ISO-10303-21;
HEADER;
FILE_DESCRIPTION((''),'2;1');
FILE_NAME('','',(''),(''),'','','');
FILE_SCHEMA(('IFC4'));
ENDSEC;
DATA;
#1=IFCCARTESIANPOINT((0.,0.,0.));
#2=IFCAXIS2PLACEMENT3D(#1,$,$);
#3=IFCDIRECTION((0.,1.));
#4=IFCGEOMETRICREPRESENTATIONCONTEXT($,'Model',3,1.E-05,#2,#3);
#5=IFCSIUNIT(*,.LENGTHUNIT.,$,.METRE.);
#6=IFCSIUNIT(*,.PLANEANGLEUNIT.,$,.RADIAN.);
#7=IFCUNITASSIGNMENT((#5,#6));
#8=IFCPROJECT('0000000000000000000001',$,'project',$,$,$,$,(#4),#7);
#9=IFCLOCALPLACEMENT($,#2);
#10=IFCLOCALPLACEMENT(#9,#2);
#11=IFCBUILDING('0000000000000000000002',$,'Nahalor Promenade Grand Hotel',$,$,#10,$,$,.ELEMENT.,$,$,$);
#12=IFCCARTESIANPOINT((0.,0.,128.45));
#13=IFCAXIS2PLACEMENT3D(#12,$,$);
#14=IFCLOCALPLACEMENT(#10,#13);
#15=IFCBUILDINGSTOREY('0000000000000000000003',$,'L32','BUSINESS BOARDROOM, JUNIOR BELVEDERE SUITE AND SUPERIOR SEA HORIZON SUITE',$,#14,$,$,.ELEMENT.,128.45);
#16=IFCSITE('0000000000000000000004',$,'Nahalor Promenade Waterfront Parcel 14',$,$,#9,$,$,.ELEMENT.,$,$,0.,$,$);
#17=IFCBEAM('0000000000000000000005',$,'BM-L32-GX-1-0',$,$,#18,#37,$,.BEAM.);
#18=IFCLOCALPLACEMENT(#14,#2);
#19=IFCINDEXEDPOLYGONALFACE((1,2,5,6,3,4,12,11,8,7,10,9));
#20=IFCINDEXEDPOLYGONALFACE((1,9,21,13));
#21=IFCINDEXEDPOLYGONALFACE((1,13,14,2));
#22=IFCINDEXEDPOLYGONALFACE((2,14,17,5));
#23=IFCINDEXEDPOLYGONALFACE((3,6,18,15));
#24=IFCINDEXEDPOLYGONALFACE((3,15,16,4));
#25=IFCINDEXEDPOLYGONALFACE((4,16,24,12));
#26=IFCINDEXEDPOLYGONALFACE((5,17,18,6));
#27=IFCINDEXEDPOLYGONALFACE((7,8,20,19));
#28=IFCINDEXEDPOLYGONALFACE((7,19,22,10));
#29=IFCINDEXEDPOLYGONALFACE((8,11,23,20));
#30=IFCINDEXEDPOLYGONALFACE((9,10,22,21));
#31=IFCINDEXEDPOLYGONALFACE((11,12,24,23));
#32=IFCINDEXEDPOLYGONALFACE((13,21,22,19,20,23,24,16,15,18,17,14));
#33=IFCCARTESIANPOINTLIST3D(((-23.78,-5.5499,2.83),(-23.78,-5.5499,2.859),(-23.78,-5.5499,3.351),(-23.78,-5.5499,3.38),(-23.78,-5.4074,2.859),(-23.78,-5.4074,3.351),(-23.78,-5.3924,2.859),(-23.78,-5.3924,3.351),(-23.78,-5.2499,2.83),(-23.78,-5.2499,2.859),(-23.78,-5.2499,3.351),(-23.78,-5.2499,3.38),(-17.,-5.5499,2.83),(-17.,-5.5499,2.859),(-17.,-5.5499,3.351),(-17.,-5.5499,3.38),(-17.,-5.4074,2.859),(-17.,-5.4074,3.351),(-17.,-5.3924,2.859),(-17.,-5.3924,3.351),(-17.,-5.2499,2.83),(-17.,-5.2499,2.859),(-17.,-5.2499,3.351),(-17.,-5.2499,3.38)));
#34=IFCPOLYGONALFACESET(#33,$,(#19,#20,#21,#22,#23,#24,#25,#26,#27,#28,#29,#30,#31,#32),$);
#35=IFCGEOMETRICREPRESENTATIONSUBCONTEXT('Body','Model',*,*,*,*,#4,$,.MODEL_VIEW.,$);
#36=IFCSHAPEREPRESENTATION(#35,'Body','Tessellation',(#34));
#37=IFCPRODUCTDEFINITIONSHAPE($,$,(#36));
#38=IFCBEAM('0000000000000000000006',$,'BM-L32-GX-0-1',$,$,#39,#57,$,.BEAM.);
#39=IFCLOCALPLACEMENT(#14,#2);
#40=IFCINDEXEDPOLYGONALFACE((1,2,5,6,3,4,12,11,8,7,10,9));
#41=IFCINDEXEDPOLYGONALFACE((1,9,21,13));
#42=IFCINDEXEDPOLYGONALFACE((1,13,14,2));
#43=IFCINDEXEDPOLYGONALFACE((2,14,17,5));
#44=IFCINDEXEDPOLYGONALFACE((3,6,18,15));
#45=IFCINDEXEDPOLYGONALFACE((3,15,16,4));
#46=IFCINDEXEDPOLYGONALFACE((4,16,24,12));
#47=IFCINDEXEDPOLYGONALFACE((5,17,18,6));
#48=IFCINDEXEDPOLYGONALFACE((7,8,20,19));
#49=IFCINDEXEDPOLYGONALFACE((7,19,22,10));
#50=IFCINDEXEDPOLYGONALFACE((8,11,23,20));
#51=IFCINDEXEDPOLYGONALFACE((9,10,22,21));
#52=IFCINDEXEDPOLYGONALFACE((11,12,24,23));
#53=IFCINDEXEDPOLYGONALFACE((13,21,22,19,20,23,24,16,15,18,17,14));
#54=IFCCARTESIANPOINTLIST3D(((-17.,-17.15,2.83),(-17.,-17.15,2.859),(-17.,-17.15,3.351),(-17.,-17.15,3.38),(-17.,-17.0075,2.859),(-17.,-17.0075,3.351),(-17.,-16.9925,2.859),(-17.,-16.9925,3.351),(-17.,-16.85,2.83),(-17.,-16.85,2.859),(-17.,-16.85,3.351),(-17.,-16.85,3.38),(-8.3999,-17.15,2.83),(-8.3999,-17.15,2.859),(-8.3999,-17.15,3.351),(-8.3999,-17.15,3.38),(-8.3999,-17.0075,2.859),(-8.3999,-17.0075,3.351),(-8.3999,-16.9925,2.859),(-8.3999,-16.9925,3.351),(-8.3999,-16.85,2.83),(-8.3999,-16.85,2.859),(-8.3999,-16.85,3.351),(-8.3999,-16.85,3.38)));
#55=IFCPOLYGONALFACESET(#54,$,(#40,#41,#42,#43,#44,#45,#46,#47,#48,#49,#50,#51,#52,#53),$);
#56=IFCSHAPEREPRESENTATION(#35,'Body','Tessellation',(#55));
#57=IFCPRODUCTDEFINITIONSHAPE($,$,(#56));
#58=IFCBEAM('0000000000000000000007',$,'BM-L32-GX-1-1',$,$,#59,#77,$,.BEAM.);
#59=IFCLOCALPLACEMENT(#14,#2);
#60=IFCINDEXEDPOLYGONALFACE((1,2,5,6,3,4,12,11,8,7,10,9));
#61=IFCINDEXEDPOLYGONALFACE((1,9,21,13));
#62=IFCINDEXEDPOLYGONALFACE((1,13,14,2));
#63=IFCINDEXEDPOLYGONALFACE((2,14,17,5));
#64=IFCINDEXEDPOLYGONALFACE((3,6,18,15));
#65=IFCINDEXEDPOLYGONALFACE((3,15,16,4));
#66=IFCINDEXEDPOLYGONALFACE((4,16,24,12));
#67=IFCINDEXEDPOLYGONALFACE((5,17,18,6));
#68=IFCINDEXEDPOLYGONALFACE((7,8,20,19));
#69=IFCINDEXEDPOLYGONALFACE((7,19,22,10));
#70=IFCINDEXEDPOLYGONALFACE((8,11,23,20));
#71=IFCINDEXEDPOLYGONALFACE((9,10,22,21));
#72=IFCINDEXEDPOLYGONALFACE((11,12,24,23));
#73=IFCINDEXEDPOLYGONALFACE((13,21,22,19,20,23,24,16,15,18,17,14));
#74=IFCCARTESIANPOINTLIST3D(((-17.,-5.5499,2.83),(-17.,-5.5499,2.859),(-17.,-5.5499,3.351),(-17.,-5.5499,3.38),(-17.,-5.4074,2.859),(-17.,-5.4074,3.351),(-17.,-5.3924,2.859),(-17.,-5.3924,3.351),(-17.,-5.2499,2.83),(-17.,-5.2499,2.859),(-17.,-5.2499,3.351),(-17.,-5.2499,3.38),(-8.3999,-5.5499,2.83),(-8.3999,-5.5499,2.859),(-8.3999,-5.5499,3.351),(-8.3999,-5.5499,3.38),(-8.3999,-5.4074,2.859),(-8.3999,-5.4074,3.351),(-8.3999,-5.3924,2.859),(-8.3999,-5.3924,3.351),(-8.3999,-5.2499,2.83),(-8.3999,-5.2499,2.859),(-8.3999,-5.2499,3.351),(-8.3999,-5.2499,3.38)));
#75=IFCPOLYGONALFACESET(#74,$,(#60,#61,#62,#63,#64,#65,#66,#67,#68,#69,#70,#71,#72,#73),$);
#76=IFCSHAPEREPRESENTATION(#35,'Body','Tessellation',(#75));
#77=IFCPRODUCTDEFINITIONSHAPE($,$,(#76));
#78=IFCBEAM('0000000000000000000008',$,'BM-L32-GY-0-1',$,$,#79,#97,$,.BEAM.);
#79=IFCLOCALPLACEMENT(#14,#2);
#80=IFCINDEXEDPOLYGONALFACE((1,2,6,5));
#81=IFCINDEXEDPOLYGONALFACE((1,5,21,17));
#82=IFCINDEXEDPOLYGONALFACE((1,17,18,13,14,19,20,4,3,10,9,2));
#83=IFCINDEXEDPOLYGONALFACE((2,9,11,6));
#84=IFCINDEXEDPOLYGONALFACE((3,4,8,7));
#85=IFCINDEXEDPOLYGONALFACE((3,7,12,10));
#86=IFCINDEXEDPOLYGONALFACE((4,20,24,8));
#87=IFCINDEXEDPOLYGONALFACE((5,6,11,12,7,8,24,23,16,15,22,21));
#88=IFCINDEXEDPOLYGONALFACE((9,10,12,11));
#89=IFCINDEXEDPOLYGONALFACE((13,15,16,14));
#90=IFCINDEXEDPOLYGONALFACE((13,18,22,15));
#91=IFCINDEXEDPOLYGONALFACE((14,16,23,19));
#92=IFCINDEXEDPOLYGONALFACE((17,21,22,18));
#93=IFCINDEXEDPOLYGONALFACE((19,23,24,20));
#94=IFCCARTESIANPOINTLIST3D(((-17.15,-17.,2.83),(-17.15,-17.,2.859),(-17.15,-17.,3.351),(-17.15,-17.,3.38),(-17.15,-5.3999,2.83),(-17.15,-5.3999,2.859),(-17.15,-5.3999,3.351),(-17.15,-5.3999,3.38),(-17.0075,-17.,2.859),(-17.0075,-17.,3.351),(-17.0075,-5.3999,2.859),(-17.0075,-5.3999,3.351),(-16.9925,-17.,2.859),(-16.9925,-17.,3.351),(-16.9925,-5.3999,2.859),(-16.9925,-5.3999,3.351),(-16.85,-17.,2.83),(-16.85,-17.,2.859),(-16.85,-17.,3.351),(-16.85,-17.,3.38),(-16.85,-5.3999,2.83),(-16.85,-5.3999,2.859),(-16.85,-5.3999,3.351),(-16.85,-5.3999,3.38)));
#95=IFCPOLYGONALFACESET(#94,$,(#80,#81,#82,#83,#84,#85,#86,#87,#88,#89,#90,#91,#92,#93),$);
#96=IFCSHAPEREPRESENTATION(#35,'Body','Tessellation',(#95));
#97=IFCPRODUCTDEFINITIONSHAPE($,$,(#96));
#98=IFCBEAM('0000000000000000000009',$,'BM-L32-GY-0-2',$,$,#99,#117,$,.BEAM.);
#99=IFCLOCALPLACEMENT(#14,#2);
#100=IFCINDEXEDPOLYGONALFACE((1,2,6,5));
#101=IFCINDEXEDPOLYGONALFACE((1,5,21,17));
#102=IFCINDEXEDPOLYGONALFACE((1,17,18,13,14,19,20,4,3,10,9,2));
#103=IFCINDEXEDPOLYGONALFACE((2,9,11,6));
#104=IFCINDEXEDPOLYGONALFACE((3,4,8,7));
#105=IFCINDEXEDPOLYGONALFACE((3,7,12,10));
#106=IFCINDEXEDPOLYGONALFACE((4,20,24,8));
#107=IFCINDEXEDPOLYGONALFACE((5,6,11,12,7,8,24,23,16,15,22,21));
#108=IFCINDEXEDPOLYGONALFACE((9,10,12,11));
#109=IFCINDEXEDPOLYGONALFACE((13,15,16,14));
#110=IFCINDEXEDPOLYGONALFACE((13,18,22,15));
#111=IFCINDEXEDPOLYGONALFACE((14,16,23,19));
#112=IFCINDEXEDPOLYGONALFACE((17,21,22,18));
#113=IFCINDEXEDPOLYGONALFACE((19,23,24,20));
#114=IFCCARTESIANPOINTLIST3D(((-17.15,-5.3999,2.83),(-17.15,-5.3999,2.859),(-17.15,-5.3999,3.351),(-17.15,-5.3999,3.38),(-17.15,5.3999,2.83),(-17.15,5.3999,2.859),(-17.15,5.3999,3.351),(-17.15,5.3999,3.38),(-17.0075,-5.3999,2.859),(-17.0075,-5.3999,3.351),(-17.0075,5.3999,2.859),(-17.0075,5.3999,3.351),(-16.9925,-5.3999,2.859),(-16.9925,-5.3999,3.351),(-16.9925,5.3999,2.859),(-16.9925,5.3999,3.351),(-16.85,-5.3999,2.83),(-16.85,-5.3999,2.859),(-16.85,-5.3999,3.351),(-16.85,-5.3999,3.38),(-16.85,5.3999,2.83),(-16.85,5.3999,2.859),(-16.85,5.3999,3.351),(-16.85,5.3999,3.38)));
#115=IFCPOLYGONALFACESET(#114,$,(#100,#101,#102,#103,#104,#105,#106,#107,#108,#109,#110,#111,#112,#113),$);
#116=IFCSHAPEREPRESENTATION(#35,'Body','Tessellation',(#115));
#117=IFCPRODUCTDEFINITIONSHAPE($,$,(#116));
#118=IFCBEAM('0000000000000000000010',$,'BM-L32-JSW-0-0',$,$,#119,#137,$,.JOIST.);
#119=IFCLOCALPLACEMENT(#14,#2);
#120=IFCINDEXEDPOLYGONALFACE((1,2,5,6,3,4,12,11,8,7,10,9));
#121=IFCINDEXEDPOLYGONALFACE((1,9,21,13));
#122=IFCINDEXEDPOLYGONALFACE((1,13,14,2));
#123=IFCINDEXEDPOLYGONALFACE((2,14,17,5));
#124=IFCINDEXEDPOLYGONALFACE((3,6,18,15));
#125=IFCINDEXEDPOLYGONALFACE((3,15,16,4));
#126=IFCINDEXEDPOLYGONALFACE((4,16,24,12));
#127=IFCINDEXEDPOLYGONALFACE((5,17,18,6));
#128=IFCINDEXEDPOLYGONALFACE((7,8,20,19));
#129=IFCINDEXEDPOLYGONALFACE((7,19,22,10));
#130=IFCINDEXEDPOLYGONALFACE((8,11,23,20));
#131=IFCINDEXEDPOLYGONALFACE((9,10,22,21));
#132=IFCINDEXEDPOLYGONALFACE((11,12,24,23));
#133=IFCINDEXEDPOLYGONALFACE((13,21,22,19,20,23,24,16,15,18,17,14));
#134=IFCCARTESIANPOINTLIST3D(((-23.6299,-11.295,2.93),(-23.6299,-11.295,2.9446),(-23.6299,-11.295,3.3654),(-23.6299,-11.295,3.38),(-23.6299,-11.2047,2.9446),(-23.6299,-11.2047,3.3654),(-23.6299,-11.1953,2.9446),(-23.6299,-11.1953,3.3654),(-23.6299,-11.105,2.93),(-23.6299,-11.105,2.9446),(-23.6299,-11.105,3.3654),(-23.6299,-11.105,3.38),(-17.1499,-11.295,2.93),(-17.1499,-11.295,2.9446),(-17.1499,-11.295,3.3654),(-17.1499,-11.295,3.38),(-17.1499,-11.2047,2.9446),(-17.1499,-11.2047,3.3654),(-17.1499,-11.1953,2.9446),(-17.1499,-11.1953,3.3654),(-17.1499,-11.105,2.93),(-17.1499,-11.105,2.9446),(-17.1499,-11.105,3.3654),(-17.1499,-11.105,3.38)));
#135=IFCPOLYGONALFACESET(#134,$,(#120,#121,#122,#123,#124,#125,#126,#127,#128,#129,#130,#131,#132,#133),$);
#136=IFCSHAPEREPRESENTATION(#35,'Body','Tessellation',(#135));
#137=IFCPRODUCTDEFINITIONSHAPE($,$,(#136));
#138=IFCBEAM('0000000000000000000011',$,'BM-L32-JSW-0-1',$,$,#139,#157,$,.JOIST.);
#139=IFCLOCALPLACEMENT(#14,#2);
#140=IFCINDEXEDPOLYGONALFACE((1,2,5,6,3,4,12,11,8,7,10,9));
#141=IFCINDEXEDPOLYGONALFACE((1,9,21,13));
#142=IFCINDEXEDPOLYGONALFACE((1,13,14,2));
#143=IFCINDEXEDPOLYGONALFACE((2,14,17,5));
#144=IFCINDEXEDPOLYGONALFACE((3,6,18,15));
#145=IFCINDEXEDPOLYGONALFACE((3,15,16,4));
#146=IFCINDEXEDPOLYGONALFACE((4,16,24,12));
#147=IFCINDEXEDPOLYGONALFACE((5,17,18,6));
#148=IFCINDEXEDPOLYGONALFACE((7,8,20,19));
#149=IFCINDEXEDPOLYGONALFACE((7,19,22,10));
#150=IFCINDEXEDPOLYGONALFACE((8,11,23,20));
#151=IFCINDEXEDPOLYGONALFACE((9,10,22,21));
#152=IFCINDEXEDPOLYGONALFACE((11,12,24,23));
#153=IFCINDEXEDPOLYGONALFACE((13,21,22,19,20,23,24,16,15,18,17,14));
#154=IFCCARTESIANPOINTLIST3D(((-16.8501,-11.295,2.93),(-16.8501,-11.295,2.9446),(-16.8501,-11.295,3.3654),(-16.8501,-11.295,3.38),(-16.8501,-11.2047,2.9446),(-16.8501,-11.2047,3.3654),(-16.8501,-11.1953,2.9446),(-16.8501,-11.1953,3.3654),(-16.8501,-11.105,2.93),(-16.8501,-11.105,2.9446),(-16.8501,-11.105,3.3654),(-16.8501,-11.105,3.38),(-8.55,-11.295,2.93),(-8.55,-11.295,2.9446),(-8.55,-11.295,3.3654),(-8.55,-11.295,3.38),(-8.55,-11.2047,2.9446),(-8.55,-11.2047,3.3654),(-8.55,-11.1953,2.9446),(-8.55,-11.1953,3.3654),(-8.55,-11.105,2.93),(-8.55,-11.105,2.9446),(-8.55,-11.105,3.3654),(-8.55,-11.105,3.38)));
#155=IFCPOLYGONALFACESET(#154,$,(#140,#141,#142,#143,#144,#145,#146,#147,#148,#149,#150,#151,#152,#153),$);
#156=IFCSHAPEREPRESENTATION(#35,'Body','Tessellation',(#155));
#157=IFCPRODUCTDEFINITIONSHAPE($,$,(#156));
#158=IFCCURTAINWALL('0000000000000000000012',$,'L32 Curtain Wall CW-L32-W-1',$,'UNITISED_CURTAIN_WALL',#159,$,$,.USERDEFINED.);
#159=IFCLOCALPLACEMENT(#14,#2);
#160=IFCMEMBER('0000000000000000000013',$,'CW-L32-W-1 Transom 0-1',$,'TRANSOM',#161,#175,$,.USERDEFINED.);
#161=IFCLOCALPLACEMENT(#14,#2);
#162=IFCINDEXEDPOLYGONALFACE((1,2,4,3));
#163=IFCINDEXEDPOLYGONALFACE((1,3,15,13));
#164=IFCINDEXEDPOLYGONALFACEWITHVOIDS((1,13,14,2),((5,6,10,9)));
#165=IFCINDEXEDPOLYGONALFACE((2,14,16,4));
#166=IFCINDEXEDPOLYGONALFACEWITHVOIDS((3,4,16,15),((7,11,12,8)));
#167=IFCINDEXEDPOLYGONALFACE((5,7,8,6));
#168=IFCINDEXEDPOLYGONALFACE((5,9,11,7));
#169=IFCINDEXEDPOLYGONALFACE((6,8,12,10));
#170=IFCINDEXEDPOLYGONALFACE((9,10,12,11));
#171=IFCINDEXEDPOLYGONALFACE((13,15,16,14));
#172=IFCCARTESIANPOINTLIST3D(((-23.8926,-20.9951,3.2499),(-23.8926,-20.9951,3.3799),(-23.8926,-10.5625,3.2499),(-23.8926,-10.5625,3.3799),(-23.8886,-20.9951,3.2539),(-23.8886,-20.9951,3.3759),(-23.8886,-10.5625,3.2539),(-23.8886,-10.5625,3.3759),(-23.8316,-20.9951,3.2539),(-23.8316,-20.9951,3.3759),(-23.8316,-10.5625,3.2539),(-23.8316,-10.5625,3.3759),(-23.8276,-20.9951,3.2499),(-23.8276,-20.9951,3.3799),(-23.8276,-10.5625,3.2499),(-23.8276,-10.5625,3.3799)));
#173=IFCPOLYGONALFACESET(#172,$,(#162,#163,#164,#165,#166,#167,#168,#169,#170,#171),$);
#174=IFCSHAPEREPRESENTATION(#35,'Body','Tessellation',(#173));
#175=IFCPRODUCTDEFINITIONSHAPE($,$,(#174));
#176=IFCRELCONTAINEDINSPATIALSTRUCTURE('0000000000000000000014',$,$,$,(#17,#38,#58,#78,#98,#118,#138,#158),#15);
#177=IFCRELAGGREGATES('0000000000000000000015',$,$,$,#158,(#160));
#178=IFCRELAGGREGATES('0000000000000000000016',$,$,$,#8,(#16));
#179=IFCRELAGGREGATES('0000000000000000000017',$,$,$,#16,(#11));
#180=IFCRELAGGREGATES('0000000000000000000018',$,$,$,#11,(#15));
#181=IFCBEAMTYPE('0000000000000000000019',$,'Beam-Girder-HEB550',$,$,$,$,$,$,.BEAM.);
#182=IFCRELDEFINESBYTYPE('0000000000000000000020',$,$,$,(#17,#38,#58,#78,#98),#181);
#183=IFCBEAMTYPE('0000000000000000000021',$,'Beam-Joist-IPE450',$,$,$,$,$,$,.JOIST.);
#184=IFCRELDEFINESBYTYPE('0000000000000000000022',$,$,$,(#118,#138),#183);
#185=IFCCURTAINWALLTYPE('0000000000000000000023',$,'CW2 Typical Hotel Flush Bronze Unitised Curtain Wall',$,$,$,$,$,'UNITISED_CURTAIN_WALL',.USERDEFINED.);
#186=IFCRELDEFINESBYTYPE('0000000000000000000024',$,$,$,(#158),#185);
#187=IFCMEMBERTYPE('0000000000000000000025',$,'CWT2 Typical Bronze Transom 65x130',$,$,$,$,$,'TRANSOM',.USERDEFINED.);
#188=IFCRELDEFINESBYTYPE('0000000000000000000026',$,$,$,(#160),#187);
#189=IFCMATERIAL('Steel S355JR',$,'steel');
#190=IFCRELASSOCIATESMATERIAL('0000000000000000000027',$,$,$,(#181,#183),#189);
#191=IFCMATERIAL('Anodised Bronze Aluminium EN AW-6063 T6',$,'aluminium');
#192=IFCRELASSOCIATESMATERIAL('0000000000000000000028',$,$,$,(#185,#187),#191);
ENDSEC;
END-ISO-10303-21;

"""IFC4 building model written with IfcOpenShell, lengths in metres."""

from ifc_helpers import new_model, si_unit, direction, frame, origin, origin_2d, place, context, subcontext, project, spatial, hollow_rectangle, i_section, extrude, source, transform, mapped, material, material_profile, profile_set, type_object, element, aggregate, save


model = new_model("IFC4")

# Units and contexts
model_context = context("Model", 3, precision=1e-05, world=origin(), true_north=direction((0.0, 1.0)))
body_context = subcontext(model_context, "Body", "Model", "MODEL_VIEW")
ifc_project = project(units=[si_unit("LENGTHUNIT", "METRE"), si_unit("PLANEANGLEUNIT", "RADIAN")], contexts=[model_context])

# Site, building, storey
site_placement = place(None, origin())
site = spatial("IfcSite", under=ifc_project, at=site_placement, Name="Nahalor Promenade Waterfront Parcel 14", CompositionType="ELEMENT", RefElevation=0.0)
building_placement = place(site_placement, origin())
building = spatial("IfcBuilding", under=site, at=building_placement, Name="Nahalor Promenade Grand Hotel", CompositionType="ELEMENT")
storey_placement = place(building_placement, frame((0.0, 0.0, 128.45)))
storey = spatial("IfcBuildingStorey", under=building, at=storey_placement, Name="L32", Description="BUSINESS BOARDROOM, JUNIOR BELVEDERE SUITE AND SUPERIOR SEA HORIZON SUITE", CompositionType="ELEMENT", Elevation=128.45)

# Beams
ifc_material_1 = material(Name="Steel S355JR", Category="steel")
ifc_material_profile_1 = material_profile(ifc_material_1, i_section(OverallWidth=0.3, OverallDepth=0.55, WebThickness=0.015, FlangeThickness=0.029, at=origin_2d()), Name="HEB 550")
ifc_profile_set_1 = profile_set([ifc_material_profile_1], Name="Steel S355JR")
beam_type_1 = type_object("IfcBeamType", Name="Beam-Girder-HEB550", PredefinedType="BEAM", material=ifc_profile_set_1)
shared_shape_1 = source(origin(), body_context, "Body", "SweptSolid", [
    extrude(i_section(OverallWidth=0.3, OverallDepth=0.55, WebThickness=0.015, FlangeThickness=0.029, at=origin_2d()), origin(), (0.0, 0.0, 1.0), 6.78),
])
for number, where, z_axis, x_axis, name in (
    (1, (-23.78, -5.3999, 3.105), (1.0, 0.0, 0.0), (0.0, 1.0, 0.0), "BM-L32-GX-1-0"),
):
    element("IfcBeam", number, at=place(storey_placement, frame(where, z_axis=z_axis, x_axis=x_axis)), inside=storey, type_object=beam_type_1, Name=name, PredefinedType="BEAM", context=body_context, shape_type="MappedRepresentation", body=[
        mapped(shared_shape_1, transform((0.0, 0.0, 0.0), scale=1.0)),
    ])
shared_shape_2 = source(origin(), body_context, "Body", "SweptSolid", [
    extrude(i_section(OverallWidth=0.3, OverallDepth=0.55, WebThickness=0.015, FlangeThickness=0.029, at=origin_2d()), origin(), (0.0, 0.0, 1.0), 8.6001),
])
for number, where, z_axis, x_axis, name in (
    (2, (-17.0, -17.0, 3.105), (1.0, 0.0, 0.0), (0.0, 1.0, 0.0), "BM-L32-GX-0-1"),
    (3, (-17.0, -5.3999, 3.105), (1.0, 0.0, 0.0), (0.0, 1.0, 0.0), "BM-L32-GX-1-1"),
):
    element("IfcBeam", number, at=place(storey_placement, frame(where, z_axis=z_axis, x_axis=x_axis)), inside=storey, type_object=beam_type_1, Name=name, PredefinedType="BEAM", context=body_context, shape_type="MappedRepresentation", body=[
        mapped(shared_shape_2, transform((0.0, 0.0, 0.0), scale=1.0)),
    ])
shared_shape_3 = source(origin(), body_context, "Body", "SweptSolid", [
    extrude(i_section(OverallWidth=0.3, OverallDepth=0.55, WebThickness=0.015, FlangeThickness=0.029, at=origin_2d()), origin(), (0.0, 0.0, 1.0), 11.6001),
])
beam_1_placement = place(storey_placement, frame((-17.0, -17.0, 3.105), z_axis=(0.0, 1.0, 0.0), x_axis=(-1.0, 0.0, 0.0)))
element("IfcBeam", 4, at=beam_1_placement, inside=storey, type_object=beam_type_1, Name="BM-L32-GY-0-1", PredefinedType="BEAM", context=body_context, shape_type="MappedRepresentation", body=[
    mapped(shared_shape_3, transform((0.0, 0.0, 0.0), scale=1.0)),
])
shared_shape_4 = source(origin(), body_context, "Body", "SweptSolid", [
    extrude(i_section(OverallWidth=0.3, OverallDepth=0.55, WebThickness=0.015, FlangeThickness=0.029, at=origin_2d()), origin(), (0.0, 0.0, 1.0), 10.7998),
])
beam_2_placement = place(storey_placement, frame((-17.0, -5.3999, 3.105), z_axis=(0.0, 1.0, 0.0), x_axis=(-1.0, 0.0, 0.0)))
element("IfcBeam", 5, at=beam_2_placement, inside=storey, type_object=beam_type_1, Name="BM-L32-GY-0-2", PredefinedType="BEAM", context=body_context, shape_type="MappedRepresentation", body=[
    mapped(shared_shape_4, transform((0.0, 0.0, 0.0), scale=1.0)),
])
ifc_material_profile_2 = material_profile(ifc_material_1, i_section(OverallWidth=0.19, OverallDepth=0.45, WebThickness=0.0094, FlangeThickness=0.0146, at=origin_2d()), Name="IPE 450")
ifc_profile_set_2 = profile_set([ifc_material_profile_2], Name="Steel S355JR")
beam_type_2 = type_object("IfcBeamType", Name="Beam-Joist-IPE450", PredefinedType="JOIST", material=ifc_profile_set_2)
shared_shape_5 = source(origin(), body_context, "Body", "SweptSolid", [
    extrude(i_section(OverallWidth=0.19, OverallDepth=0.45, WebThickness=0.0094, FlangeThickness=0.0146, at=origin_2d()), origin(), (0.0, 0.0, 1.0), 6.48),
])
beam_3_placement = place(storey_placement, frame((-23.6299, -11.2, 3.155), z_axis=(1.0, 0.0, 0.0), x_axis=(0.0, 1.0, 0.0)))
element("IfcBeam", 6, at=beam_3_placement, inside=storey, type_object=beam_type_2, Name="BM-L32-JSW-0-0", PredefinedType="JOIST", context=body_context, shape_type="MappedRepresentation", body=[
    mapped(shared_shape_5, transform((0.0, 0.0, 0.0), scale=1.0)),
])
shared_shape_6 = source(origin(), body_context, "Body", "SweptSolid", [
    extrude(i_section(OverallWidth=0.19, OverallDepth=0.45, WebThickness=0.0094, FlangeThickness=0.0146, at=origin_2d()), origin(), (0.0, 0.0, 1.0), 8.3),
])
beam_4_placement = place(storey_placement, frame((-16.8501, -11.2, 3.155), z_axis=(1.0, 0.0, 0.0), x_axis=(0.0, 1.0, 0.0)))
element("IfcBeam", 7, at=beam_4_placement, inside=storey, type_object=beam_type_2, Name="BM-L32-JSW-0-1", PredefinedType="JOIST", context=body_context, shape_type="MappedRepresentation", body=[
    mapped(shared_shape_6, transform((0.0, 0.0, 0.0), scale=1.0)),
])

# Curtain wall, member
ifc_material_2 = material(Name="Anodised Bronze Aluminium EN AW-6063 T6", Category="aluminium")
curtain_wall_type = type_object("IfcCurtainWallType", Name="CW2 Typical Hotel Flush Bronze Unitised Curtain Wall", ElementType="UNITISED_CURTAIN_WALL", PredefinedType="USERDEFINED", material=ifc_material_2)
curtain_wall_placement = place(storey_placement, origin())
curtain_wall = element("IfcCurtainWall", 8, at=curtain_wall_placement, inside=storey, type_object=curtain_wall_type, Name="L32 Curtain Wall CW-L32-W-1", ObjectType="UNITISED_CURTAIN_WALL", PredefinedType="USERDEFINED")
ifc_material_profile_3 = material_profile(ifc_material_2, hollow_rectangle(XDim=0.065, YDim=0.13, WallThickness=0.004, at=origin_2d()), Name="CWT 65x130x4")
ifc_profile_set_3 = profile_set([ifc_material_profile_3], Name="Anodised Bronze Aluminium EN AW-6063 T6")
member_type_1 = type_object("IfcMemberType", Name="CWT2 Typical Bronze Transom 65x130", ElementType="TRANSOM", PredefinedType="USERDEFINED", material=ifc_profile_set_3)
shared_shape_7 = source(origin(), body_context, "Body", "SweptSolid", [
    extrude(hollow_rectangle(XDim=0.065, YDim=0.13, WallThickness=0.004, at=origin_2d()), origin(), (0.0, 0.0, 1.0), 10.4326),
])
member_1_placement = place(storey_placement, frame((-23.8601, -20.9951, 3.3149), z_axis=(0.0, 1.0, 0.0), x_axis=(-1.0, 0.0, 0.0)))
member_1 = element("IfcMember", 9, at=member_1_placement, type_object=member_type_1, Name="CW-L32-W-1 Transom 0-1", ObjectType="TRANSOM", PredefinedType="USERDEFINED", context=body_context, shape_type="MappedRepresentation", body=[
    mapped(shared_shape_7, transform((0.0, 0.0, 0.0), scale=1.0)),
])
aggregate(curtain_wall, [member_1])

save(model, "model.ifc")
